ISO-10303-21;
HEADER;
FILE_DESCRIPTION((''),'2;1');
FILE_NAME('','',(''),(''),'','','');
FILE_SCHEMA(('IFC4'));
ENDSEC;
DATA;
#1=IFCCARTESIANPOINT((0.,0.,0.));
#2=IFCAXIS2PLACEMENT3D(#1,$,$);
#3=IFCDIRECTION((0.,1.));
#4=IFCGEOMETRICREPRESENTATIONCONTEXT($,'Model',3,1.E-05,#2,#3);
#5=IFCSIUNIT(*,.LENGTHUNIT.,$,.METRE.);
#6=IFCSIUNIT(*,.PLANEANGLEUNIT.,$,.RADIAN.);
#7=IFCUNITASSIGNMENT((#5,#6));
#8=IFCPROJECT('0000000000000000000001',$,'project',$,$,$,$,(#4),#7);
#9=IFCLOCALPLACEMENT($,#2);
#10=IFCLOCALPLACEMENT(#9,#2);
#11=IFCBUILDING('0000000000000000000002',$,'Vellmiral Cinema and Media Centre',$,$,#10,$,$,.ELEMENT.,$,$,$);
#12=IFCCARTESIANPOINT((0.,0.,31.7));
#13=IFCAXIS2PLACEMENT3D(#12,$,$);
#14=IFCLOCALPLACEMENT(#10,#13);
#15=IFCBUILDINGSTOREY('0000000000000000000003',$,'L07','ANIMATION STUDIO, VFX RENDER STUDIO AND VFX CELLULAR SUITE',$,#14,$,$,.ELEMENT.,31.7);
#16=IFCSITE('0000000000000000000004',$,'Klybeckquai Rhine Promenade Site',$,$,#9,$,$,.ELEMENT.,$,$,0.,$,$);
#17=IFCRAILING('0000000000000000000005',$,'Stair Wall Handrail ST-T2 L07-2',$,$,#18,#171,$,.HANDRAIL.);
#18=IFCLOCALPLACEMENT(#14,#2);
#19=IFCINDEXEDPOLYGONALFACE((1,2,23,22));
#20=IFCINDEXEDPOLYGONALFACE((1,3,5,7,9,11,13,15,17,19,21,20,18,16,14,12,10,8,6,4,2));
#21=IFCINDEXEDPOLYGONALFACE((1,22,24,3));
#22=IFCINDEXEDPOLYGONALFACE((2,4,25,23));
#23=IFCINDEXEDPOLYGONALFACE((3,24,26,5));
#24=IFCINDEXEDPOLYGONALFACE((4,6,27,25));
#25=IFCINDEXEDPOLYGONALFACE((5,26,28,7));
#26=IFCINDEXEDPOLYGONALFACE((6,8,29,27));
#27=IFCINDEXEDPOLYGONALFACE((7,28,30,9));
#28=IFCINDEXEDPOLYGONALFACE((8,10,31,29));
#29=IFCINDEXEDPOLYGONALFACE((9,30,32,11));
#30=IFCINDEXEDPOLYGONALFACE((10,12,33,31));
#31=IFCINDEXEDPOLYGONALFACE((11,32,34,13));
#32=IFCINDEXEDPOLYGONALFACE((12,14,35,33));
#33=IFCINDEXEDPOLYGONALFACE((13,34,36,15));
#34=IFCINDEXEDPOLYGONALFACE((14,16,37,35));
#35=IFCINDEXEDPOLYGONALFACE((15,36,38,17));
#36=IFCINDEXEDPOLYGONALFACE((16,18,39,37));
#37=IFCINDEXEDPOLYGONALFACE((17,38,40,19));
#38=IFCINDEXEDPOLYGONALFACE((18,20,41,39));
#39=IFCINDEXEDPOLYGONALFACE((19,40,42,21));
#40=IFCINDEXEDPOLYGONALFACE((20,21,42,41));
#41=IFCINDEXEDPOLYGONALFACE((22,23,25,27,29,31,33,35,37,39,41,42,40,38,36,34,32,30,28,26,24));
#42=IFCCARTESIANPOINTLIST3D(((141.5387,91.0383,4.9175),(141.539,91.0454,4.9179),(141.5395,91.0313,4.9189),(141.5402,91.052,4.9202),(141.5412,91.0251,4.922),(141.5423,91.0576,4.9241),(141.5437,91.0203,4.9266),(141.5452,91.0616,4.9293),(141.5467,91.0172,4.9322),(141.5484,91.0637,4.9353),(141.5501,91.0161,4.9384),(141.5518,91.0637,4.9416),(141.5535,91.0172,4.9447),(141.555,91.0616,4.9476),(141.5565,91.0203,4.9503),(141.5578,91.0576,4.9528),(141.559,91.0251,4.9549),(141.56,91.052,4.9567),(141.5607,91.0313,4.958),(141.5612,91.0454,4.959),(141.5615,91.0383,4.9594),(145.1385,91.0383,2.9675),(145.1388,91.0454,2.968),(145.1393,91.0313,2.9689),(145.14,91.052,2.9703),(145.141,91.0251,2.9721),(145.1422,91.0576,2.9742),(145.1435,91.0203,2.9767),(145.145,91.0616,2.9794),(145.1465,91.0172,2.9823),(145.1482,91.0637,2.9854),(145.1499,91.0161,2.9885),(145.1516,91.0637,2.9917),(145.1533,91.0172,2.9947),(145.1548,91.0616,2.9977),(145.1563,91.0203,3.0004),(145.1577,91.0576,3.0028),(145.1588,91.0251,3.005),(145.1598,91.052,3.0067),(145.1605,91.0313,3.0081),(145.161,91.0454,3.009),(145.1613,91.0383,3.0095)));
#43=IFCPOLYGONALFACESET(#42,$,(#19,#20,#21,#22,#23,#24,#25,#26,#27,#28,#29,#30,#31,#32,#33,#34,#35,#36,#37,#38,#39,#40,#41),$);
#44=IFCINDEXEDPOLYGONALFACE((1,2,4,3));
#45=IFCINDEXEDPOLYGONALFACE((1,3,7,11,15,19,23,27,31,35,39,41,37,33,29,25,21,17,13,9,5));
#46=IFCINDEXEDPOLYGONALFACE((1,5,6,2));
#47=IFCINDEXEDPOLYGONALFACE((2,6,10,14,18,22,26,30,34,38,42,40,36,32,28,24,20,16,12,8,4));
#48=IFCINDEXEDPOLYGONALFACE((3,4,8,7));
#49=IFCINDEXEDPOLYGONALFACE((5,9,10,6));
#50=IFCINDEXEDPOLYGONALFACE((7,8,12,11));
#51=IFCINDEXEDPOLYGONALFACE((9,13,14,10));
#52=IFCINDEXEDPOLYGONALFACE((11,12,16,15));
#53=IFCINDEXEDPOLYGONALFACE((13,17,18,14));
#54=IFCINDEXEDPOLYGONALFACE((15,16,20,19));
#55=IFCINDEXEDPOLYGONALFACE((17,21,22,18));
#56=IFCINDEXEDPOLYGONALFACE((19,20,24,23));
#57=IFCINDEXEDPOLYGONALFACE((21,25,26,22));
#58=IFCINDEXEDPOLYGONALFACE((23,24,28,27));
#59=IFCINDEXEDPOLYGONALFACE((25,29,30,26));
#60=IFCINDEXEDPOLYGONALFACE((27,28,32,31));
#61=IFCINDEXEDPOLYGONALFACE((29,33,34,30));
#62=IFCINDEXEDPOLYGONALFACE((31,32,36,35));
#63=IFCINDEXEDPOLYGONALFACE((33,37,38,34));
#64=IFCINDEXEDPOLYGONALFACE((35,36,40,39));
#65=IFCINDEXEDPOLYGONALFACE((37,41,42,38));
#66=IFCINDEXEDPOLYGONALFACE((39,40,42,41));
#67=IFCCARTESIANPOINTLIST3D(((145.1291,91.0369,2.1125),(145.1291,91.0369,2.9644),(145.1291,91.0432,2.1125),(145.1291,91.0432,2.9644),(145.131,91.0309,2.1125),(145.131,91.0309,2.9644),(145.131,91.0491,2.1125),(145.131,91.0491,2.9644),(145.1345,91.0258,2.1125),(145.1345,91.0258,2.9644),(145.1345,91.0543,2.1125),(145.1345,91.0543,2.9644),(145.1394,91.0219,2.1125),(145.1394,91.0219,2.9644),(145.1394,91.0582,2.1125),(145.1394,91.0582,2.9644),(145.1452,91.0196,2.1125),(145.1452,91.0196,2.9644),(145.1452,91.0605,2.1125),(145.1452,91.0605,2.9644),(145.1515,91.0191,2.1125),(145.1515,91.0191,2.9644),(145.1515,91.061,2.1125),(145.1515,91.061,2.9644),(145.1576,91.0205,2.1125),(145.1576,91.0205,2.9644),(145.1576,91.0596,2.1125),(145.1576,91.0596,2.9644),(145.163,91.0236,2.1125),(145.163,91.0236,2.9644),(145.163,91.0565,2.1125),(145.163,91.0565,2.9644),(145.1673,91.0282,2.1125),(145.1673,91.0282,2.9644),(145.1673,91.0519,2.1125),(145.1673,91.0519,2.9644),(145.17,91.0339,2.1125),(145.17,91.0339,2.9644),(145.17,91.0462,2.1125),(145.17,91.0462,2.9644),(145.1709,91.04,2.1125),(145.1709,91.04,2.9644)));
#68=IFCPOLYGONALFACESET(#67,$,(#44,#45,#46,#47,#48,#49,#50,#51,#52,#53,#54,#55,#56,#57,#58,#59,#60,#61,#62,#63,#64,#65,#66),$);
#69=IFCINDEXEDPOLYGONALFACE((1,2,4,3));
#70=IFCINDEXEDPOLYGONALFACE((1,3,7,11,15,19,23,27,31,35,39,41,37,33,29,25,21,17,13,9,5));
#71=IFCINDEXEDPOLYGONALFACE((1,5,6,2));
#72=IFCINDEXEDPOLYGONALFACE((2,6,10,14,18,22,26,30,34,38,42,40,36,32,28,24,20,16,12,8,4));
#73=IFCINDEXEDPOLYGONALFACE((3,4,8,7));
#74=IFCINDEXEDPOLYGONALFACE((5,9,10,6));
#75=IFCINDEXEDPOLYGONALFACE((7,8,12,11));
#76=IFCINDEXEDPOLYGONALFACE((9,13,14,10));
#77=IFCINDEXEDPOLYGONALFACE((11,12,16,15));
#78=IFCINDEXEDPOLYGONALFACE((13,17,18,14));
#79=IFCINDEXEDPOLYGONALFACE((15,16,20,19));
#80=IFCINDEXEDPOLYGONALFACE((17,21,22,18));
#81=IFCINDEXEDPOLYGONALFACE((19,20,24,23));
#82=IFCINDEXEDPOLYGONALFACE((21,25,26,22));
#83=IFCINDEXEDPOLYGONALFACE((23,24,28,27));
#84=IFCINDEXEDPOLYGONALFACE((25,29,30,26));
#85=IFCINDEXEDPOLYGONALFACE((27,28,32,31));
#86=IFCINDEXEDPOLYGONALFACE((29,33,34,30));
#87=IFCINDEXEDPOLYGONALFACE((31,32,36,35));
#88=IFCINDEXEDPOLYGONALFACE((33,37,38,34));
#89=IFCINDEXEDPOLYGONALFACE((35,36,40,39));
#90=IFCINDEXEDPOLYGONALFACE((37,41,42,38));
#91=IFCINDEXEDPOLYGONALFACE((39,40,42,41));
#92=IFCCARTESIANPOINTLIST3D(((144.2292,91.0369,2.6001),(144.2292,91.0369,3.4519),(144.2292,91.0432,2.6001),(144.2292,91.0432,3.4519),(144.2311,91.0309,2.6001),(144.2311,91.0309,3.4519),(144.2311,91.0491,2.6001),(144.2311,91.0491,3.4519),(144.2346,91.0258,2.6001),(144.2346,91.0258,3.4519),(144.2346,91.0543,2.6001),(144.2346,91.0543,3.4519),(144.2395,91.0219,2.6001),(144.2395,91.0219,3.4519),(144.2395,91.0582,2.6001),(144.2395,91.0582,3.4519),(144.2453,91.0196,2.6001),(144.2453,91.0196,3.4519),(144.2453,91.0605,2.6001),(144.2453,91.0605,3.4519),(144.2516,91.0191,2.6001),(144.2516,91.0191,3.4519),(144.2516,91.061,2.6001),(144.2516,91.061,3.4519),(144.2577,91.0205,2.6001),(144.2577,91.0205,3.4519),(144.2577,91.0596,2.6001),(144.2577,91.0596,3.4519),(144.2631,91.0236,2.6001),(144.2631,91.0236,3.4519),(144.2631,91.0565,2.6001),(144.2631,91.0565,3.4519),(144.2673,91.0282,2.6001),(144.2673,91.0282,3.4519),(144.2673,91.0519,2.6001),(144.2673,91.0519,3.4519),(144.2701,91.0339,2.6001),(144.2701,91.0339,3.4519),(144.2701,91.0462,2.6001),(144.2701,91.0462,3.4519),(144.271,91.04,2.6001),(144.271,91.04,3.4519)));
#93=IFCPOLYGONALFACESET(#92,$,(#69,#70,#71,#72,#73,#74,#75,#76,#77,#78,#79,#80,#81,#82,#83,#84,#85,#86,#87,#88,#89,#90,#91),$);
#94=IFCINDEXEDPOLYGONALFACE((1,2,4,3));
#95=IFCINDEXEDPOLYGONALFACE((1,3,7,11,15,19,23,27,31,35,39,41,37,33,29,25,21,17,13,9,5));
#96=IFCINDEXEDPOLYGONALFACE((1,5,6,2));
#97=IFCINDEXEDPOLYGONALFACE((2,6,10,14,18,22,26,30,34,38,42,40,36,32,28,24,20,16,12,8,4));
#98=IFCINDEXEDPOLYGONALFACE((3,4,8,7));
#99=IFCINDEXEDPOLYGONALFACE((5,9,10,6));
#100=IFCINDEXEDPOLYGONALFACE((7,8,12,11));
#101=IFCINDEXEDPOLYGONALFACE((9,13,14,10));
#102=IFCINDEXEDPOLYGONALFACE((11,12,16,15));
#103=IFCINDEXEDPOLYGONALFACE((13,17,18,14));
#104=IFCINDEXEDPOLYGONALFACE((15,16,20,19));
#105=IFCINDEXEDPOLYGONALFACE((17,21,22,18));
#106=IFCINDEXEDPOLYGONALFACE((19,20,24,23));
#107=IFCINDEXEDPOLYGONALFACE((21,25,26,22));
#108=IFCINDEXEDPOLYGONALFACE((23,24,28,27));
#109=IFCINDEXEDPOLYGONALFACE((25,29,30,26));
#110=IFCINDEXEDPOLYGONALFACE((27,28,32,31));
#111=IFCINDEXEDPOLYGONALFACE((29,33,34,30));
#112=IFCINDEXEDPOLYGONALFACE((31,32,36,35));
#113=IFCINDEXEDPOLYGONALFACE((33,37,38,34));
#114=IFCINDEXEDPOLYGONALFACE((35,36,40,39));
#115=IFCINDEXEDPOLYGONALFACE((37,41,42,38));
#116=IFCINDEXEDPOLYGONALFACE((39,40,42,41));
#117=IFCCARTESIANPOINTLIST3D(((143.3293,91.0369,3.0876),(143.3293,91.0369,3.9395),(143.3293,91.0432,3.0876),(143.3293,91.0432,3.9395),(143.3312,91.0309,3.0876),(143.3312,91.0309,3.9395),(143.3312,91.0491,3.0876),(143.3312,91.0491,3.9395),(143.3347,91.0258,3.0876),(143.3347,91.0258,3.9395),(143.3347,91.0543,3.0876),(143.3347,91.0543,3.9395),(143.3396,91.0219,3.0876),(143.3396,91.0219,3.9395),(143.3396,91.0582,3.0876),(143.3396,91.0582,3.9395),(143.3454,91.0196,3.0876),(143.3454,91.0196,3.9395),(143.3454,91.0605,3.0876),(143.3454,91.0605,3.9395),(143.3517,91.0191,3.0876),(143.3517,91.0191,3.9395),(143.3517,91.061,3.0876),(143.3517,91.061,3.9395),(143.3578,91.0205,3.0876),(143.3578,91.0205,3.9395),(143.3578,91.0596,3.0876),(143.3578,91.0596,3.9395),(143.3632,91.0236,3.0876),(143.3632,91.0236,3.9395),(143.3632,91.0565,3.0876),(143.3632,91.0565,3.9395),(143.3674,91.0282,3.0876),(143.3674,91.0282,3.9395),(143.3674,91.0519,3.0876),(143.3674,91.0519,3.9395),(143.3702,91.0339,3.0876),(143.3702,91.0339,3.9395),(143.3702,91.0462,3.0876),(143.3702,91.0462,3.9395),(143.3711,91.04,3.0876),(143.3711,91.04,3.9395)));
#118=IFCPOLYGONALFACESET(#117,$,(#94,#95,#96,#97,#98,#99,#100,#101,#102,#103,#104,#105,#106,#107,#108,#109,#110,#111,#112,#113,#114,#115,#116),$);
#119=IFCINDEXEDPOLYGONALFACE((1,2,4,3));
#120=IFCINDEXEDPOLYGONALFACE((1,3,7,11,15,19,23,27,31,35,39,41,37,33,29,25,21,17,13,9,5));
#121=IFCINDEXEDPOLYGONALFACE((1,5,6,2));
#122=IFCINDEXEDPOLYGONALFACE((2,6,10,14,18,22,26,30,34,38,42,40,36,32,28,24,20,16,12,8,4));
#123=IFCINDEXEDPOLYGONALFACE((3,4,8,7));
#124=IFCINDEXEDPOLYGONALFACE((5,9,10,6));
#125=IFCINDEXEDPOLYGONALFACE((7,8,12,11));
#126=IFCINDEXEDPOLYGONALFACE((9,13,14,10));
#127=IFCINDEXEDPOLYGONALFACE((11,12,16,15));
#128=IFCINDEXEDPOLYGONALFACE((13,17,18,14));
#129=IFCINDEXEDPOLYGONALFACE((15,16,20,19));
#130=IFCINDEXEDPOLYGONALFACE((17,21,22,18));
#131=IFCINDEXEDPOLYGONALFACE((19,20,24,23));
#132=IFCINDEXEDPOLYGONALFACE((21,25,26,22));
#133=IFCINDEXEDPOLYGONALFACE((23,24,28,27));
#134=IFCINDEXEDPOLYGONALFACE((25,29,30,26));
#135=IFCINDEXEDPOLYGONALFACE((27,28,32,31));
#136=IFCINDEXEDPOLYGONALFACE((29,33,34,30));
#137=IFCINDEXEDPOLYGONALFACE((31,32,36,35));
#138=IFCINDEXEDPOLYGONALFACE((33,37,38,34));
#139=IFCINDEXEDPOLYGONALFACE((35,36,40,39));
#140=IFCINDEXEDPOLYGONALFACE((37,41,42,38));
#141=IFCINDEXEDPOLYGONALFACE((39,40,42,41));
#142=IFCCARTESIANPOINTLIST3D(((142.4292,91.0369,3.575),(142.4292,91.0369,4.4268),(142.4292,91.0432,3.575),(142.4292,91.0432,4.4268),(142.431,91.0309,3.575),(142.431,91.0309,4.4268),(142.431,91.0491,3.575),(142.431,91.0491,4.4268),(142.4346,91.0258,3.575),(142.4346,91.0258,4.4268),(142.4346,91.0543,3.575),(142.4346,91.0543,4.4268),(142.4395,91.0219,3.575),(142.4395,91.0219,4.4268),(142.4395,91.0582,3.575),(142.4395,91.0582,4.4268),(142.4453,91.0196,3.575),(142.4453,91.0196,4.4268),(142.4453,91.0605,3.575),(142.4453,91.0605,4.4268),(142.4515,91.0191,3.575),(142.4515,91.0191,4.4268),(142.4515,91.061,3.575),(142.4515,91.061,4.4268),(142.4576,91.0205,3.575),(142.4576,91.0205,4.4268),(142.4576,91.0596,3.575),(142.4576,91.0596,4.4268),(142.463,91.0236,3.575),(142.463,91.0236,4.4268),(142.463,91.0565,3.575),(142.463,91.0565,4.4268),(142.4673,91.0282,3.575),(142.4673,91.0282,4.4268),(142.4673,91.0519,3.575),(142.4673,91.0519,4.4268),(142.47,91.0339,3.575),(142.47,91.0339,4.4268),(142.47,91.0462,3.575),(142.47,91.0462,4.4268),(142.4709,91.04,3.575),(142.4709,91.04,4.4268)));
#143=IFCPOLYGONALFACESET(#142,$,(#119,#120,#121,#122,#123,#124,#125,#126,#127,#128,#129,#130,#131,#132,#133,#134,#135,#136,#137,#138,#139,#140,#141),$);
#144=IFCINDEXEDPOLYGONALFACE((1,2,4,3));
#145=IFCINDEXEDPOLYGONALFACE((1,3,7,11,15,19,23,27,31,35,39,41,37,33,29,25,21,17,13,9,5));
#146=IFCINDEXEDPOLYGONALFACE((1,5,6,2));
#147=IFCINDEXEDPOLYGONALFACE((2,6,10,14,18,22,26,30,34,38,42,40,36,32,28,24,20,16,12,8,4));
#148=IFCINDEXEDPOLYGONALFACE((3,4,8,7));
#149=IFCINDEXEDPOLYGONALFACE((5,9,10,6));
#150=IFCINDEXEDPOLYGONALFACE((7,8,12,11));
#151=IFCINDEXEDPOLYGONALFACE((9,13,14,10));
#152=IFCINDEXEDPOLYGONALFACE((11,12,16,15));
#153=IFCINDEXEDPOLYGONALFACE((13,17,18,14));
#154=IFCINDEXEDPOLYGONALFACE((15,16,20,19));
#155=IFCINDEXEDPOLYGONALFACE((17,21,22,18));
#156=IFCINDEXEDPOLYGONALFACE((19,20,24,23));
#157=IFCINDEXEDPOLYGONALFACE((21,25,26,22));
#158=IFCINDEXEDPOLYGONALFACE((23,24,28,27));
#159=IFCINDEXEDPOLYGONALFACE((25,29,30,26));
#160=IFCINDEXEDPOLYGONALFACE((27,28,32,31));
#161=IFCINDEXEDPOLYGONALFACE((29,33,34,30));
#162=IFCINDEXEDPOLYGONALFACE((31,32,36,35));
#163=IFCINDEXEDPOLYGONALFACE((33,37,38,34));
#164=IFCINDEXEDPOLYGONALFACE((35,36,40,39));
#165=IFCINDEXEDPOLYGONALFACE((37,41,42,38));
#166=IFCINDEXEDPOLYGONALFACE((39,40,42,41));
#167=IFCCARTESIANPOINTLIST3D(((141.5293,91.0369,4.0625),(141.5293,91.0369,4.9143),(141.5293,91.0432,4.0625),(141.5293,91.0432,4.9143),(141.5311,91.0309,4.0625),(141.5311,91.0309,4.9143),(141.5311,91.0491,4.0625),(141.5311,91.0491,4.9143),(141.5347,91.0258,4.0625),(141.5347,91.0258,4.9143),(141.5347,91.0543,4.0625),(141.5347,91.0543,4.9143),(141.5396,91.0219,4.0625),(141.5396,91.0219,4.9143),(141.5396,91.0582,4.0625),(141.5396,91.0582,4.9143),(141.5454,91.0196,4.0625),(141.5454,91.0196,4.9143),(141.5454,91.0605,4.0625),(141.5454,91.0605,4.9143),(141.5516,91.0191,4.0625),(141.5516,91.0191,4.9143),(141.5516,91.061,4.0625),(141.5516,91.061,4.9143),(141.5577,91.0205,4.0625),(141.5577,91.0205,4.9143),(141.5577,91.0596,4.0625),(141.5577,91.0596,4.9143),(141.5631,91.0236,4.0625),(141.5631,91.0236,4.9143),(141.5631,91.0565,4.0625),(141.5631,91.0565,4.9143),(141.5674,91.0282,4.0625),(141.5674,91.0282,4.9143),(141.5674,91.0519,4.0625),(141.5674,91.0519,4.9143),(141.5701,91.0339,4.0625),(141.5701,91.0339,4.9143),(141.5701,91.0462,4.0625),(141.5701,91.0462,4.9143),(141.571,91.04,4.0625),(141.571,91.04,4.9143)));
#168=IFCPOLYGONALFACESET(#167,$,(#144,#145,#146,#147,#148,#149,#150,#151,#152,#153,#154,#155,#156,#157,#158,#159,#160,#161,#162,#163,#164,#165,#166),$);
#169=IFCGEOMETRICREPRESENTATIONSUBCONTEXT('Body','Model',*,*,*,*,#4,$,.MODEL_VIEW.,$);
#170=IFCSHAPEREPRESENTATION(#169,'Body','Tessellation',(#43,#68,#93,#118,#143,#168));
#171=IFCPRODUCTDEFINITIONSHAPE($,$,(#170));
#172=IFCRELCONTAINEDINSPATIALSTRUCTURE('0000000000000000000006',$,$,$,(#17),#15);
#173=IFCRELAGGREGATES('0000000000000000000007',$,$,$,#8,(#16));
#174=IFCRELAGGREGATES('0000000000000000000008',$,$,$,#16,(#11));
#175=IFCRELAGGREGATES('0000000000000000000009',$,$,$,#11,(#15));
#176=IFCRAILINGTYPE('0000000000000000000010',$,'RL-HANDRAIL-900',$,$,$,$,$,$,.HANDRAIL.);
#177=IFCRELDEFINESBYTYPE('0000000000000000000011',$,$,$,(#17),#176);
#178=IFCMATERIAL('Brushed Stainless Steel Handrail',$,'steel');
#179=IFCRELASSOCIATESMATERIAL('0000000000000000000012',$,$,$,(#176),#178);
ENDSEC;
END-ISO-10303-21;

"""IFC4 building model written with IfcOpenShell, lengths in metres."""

from ifc_helpers import new_model, si_unit, direction, frame, origin, origin_2d, place, context, subcontext, project, spatial, circle, extrude, material, type_object, element, save


model = new_model("IFC4")

# Units and contexts
model_context = context("Model", 3, precision=1e-05, world=origin(), true_north=direction((0.0, 1.0)))
body_context = subcontext(model_context, "Body", "Model", "MODEL_VIEW")
ifc_project = project(units=[si_unit("LENGTHUNIT", "METRE"), si_unit("PLANEANGLEUNIT", "RADIAN")], contexts=[model_context])

# Site, building, storey
site_placement = place(None, origin())
site = spatial("IfcSite", under=ifc_project, at=site_placement, Name="Klybeckquai Rhine Promenade Site", CompositionType="ELEMENT", RefElevation=0.0)
building_placement = place(site_placement, origin())
building = spatial("IfcBuilding", under=site, at=building_placement, Name="Vellmiral Cinema and Media Centre", CompositionType="ELEMENT")
storey_placement = place(building_placement, frame((0.0, 0.0, 31.7)))
storey = spatial("IfcBuildingStorey", under=building, at=storey_placement, Name="L07", Description="ANIMATION STUDIO, VFX RENDER STUDIO AND VFX CELLULAR SUITE", CompositionType="ELEMENT", Elevation=31.7)

# Railing
ifc_material_1 = material(Name="Brushed Stainless Steel Handrail", Category="steel")
railing_type_1 = type_object("IfcRailingType", Name="RL-HANDRAIL-900", PredefinedType="HANDRAIL", material=ifc_material_1)
railing_1_placement = place(storey_placement, frame((145.1499, 91.04, 2.1125)))
element("IfcRailing", 1, at=railing_1_placement, inside=storey, type_object=railing_type_1, Name="Stair Wall Handrail ST-T2 L07-2", PredefinedType="HANDRAIL", context=body_context, shape_type="SweptSolid", body=[
    extrude(circle(Radius=0.0239, at=origin_2d()), frame((0.0, 0.0, 0.876), z_axis=(-0.879289, 0.0, 0.476289), x_axis=(0.0, -1.0, 0.0)), (0.0, 0.0, 1.0), 4.094),
    extrude(circle(Radius=0.021, at=origin_2d()), origin(), (0.0, 0.0, 1.0), 0.8518),
    extrude(circle(Radius=0.021, at=origin_2d()), frame((-0.8999, 0.0, 0.4875)), (0.0, 0.0, 1.0), 0.8518),
    extrude(circle(Radius=0.021, at=origin_2d()), frame((-1.7998, 0.0, 0.9751)), (0.0, 0.0, 1.0), 0.8518),
    extrude(circle(Radius=0.021, at=origin_2d()), frame((-2.7, 0.0, 1.4624)), (0.0, 0.0, 1.0), 0.8518),
    extrude(circle(Radius=0.021, at=origin_2d()), frame((-3.5999, 0.0, 1.95)), (0.0, 0.0, 1.0), 0.8518),
])

save(model, "model.ifc")
